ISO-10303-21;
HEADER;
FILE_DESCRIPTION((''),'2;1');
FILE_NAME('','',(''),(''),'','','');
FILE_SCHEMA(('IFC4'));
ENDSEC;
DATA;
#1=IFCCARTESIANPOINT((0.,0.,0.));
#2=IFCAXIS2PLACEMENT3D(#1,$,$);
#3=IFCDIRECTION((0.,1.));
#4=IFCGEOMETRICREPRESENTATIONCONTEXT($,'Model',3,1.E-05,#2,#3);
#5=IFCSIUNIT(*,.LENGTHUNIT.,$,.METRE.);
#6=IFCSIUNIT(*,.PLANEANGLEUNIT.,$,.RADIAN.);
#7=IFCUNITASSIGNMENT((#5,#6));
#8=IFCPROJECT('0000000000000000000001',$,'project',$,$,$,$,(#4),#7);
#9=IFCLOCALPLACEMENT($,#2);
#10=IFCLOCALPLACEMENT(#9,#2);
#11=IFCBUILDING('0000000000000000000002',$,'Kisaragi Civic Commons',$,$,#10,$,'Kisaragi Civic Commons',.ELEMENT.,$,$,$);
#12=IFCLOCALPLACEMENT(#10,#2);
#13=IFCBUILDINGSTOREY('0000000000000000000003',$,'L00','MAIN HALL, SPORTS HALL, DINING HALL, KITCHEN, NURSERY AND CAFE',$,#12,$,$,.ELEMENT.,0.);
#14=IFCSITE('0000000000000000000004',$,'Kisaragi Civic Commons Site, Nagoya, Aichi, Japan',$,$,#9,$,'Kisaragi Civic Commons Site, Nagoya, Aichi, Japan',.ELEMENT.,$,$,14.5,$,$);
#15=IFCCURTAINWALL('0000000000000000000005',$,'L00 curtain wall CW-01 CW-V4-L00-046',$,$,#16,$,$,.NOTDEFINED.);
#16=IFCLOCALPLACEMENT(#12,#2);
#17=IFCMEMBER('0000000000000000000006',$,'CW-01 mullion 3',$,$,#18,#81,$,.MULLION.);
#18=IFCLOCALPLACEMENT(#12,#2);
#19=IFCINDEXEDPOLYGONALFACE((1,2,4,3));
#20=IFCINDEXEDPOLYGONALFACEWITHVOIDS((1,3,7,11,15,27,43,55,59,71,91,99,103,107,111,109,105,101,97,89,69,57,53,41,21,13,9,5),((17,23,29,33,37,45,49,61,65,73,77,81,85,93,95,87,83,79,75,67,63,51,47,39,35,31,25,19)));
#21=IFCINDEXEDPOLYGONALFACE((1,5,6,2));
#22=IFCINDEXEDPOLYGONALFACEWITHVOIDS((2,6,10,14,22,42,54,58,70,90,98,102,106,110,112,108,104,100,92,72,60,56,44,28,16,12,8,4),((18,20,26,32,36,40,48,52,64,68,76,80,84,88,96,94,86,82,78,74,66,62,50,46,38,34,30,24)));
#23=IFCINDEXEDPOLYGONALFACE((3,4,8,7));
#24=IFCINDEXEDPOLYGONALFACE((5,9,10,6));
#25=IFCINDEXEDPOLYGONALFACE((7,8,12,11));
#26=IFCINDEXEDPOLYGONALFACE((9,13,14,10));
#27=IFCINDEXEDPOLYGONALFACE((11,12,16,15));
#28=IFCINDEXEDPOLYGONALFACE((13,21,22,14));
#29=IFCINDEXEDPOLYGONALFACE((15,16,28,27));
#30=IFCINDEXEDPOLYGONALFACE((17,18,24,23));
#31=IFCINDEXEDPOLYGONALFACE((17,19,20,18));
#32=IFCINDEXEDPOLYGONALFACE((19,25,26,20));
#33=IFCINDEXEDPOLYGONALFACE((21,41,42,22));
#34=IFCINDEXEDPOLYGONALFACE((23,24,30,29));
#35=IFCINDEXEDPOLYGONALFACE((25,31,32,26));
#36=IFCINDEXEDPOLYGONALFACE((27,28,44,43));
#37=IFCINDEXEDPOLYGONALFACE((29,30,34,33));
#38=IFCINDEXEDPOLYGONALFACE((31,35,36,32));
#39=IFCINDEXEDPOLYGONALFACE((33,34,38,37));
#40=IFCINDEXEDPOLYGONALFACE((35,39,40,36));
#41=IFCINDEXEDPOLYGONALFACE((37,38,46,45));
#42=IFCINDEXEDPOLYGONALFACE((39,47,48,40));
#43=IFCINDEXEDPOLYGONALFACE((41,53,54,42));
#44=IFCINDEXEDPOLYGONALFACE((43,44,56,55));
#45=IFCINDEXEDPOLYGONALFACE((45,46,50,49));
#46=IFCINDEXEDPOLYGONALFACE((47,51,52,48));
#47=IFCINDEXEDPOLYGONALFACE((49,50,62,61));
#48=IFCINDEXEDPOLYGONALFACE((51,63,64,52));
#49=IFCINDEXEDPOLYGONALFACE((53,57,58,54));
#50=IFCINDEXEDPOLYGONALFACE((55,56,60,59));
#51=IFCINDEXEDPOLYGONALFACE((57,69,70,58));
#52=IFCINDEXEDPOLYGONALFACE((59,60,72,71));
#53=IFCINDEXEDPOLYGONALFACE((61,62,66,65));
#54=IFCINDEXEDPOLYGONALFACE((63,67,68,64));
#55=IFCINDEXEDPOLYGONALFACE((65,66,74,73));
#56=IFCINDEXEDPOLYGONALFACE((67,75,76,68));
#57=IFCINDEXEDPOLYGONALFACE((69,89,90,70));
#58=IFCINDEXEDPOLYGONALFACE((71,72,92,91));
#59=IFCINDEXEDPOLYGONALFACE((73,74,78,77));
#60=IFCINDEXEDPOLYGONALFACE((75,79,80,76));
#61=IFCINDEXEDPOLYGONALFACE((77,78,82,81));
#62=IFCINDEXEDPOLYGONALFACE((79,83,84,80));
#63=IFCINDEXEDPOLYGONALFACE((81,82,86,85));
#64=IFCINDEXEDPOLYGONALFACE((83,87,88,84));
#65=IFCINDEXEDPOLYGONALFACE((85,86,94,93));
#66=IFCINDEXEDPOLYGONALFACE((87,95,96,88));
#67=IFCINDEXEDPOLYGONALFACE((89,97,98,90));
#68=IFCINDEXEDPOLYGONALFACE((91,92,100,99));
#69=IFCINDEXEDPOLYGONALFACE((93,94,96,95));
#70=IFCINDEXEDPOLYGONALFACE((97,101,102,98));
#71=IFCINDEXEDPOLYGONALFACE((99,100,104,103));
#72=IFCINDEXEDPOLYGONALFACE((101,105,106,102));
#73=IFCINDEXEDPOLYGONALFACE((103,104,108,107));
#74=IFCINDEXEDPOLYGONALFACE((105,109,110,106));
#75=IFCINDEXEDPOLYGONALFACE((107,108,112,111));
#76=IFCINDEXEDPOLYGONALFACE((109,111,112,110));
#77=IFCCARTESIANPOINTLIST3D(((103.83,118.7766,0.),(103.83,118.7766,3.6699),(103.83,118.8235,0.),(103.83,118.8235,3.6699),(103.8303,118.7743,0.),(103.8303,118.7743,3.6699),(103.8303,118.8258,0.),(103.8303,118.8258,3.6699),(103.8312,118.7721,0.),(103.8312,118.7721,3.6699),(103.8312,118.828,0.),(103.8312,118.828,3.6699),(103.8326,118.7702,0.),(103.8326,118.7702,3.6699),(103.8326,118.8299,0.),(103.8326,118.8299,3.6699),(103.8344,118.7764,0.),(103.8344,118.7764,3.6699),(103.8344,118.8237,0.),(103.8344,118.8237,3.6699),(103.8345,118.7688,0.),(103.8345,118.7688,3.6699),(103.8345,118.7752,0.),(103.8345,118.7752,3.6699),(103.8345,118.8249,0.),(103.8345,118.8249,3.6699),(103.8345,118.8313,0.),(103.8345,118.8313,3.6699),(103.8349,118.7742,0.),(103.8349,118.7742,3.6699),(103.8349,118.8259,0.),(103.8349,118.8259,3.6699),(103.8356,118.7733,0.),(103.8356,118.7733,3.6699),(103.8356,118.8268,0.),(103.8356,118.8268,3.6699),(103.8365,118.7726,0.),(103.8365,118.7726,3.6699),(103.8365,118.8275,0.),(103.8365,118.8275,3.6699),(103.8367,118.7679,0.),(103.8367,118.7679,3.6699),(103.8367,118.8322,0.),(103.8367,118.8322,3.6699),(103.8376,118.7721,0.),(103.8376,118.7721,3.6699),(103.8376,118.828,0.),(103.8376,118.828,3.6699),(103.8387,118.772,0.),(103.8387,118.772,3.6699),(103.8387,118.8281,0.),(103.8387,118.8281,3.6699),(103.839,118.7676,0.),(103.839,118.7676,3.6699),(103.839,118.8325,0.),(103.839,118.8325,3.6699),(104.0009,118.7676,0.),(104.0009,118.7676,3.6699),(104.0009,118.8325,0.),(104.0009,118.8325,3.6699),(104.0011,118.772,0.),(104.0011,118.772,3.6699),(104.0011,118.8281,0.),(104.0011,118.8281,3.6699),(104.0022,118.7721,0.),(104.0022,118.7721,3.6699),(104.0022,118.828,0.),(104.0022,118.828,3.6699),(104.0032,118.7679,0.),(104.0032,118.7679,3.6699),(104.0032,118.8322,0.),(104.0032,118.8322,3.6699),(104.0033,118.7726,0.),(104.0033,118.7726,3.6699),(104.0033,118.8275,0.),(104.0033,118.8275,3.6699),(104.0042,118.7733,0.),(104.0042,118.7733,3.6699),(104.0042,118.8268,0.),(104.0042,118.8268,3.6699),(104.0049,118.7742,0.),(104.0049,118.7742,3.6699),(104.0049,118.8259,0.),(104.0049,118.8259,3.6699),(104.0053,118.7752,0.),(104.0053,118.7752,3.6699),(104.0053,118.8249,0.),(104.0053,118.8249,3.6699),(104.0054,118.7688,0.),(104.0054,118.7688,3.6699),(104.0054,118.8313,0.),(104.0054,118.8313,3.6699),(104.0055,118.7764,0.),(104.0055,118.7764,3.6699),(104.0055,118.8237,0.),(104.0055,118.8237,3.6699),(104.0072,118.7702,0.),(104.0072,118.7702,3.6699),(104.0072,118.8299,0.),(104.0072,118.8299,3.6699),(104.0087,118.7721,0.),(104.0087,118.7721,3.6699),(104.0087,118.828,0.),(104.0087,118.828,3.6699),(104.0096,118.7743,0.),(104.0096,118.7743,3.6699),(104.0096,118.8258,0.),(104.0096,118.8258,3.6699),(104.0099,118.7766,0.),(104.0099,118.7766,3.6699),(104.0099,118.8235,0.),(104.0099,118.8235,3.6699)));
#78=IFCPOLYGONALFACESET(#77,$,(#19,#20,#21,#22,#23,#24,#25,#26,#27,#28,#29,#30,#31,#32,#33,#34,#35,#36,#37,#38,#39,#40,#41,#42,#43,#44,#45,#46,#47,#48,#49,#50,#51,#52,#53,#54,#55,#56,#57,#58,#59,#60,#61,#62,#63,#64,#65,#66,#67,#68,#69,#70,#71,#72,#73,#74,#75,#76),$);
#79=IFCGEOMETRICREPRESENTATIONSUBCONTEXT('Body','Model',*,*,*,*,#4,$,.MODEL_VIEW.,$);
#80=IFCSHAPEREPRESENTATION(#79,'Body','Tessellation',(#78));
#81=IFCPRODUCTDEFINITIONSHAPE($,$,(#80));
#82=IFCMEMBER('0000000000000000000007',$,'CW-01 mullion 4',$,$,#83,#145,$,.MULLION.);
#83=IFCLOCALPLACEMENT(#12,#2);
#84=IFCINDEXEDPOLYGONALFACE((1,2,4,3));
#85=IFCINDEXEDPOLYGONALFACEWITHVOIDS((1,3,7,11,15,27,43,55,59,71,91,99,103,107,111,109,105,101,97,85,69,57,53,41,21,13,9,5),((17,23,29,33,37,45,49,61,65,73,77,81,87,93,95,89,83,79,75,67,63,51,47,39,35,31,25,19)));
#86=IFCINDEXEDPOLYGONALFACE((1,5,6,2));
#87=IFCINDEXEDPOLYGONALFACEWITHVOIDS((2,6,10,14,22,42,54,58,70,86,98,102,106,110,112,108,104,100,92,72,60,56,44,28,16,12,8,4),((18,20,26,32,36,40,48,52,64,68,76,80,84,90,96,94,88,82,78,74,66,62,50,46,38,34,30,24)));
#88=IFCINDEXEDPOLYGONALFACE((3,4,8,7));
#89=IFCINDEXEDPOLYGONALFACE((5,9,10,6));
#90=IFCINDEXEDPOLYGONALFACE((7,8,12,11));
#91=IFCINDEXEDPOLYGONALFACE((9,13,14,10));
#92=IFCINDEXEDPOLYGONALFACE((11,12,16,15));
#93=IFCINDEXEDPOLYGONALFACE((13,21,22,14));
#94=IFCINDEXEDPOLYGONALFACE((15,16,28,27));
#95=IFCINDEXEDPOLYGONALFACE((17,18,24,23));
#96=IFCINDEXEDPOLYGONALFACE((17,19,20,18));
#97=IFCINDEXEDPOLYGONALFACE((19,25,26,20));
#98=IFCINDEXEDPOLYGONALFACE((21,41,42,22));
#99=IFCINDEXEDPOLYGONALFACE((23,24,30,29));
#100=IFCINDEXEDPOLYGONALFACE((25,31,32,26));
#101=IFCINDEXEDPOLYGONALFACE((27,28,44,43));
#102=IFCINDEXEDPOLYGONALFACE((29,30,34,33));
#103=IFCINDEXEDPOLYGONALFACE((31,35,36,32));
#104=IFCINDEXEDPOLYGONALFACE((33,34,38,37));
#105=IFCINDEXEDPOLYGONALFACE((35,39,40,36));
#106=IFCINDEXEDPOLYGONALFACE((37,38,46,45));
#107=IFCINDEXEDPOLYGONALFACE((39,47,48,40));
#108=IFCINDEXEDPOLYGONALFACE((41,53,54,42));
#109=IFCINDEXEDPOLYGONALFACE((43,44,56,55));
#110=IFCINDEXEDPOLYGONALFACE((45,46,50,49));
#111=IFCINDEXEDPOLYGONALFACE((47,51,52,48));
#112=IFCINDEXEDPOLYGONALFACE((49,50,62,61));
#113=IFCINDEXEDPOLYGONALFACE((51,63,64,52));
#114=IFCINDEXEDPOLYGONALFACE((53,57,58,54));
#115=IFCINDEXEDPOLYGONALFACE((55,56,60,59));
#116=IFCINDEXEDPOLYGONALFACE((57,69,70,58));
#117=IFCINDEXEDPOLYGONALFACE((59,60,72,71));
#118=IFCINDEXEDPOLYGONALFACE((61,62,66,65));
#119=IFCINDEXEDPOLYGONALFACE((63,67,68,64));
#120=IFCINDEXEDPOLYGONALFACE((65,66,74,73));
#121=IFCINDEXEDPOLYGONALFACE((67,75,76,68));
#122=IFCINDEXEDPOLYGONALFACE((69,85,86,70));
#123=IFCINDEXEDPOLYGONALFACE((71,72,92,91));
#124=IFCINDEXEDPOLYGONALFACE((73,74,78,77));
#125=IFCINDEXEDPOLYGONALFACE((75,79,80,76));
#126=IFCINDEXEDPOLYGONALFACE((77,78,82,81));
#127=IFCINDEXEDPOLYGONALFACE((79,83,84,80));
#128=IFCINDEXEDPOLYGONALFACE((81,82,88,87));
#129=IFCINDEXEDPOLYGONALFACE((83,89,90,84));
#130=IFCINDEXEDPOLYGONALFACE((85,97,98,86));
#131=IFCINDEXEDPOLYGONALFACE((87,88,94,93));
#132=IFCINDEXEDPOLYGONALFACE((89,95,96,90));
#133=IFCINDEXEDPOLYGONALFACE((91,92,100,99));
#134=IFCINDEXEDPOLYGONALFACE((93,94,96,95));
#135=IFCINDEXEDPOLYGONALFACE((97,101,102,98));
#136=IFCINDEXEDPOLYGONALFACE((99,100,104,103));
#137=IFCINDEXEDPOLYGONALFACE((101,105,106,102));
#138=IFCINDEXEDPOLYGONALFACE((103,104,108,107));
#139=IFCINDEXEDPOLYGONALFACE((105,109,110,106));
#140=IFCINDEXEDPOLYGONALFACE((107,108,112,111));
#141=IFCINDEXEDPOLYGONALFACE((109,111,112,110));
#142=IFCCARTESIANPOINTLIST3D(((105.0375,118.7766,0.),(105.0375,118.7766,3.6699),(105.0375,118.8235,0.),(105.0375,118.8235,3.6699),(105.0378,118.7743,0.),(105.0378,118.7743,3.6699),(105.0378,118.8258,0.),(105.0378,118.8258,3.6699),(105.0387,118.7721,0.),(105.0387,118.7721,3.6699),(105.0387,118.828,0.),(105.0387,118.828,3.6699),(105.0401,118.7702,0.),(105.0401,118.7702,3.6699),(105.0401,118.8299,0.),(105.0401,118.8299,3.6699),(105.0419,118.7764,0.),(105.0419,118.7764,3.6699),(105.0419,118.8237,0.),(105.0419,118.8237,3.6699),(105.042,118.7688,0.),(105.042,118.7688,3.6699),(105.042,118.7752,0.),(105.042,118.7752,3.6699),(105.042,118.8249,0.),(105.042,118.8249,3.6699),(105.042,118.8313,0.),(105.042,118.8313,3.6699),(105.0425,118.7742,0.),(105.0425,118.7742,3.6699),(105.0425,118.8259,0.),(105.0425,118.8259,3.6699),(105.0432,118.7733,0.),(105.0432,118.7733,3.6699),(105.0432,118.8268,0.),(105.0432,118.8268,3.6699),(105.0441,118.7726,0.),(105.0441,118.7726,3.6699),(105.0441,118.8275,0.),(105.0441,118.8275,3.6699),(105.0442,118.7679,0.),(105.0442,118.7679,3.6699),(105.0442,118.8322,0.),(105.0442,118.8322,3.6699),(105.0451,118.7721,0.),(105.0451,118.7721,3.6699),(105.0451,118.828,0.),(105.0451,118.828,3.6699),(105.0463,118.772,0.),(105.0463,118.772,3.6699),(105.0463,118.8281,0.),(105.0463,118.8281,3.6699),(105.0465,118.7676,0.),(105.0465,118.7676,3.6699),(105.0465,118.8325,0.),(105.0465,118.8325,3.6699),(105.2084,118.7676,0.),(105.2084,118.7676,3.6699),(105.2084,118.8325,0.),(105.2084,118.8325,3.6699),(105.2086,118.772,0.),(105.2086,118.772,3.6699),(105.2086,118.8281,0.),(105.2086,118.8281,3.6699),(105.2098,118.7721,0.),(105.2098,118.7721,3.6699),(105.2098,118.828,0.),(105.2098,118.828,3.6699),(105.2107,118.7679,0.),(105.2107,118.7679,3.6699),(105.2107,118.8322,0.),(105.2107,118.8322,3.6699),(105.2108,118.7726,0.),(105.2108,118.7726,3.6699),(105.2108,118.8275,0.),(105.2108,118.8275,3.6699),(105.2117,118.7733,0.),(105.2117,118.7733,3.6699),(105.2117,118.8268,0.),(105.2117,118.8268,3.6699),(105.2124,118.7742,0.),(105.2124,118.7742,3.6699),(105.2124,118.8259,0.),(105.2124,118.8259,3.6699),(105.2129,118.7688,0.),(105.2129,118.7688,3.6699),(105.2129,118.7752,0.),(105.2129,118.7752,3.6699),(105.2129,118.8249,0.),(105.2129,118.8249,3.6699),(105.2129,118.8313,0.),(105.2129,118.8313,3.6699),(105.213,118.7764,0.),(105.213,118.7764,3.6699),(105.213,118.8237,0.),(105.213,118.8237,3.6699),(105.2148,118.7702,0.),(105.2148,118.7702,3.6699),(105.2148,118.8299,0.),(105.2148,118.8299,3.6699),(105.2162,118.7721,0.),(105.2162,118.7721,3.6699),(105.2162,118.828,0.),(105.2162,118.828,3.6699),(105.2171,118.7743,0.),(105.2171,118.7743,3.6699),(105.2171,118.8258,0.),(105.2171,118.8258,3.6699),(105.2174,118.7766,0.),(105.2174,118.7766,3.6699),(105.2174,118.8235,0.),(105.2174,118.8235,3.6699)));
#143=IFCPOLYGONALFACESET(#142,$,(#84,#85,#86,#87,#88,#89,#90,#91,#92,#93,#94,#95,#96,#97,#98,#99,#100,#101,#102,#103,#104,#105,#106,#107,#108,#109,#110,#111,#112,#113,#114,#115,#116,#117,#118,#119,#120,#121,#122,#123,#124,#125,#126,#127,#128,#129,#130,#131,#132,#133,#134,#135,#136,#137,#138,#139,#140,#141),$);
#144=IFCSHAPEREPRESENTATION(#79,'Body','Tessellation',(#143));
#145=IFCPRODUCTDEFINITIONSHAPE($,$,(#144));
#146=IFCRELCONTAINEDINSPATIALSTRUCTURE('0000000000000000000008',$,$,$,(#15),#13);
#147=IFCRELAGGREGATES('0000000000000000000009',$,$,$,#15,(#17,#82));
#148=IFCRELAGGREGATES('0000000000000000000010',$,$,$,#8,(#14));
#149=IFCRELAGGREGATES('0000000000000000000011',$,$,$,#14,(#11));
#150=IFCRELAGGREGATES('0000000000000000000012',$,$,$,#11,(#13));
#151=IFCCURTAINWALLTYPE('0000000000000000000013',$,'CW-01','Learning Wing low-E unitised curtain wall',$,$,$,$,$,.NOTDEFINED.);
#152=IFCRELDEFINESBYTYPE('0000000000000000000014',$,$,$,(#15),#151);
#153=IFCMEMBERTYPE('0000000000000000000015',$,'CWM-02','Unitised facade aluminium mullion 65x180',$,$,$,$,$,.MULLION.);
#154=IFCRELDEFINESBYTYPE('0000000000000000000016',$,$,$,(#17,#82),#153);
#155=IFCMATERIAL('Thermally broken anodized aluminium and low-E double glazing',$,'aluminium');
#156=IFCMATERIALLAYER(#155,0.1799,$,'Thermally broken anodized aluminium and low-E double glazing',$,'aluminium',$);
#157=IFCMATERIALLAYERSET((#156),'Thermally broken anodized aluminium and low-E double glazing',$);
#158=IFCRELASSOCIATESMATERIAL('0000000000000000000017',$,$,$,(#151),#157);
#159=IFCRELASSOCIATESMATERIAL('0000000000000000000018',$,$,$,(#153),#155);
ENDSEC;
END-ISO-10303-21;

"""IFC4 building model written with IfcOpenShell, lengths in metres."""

from ifc_helpers import new_model, si_unit, direction, frame, origin, origin_2d, place, context, subcontext, project, spatial, hollow_rectangle, extrude, material, layer, layer_set, material_profile, profile_set, type_object, element, aggregate, save


model = new_model("IFC4")

# Units and contexts
model_context = context("Model", 3, precision=1e-05, world=origin(), true_north=direction((0.0, 1.0)))
body_context = subcontext(model_context, "Body", "Model", "MODEL_VIEW")
ifc_project = project(units=[si_unit("LENGTHUNIT", "METRE"), si_unit("PLANEANGLEUNIT", "RADIAN")], contexts=[model_context])

# Site, building, storey
site_placement = place(None, origin())
site = spatial("IfcSite", under=ifc_project, at=site_placement, Name="Kisaragi Civic Commons Site, Nagoya, Aichi, Japan", LongName="Kisaragi Civic Commons Site, Nagoya, Aichi, Japan", CompositionType="ELEMENT", RefElevation=14.5)
building_placement = place(site_placement, origin())
building = spatial("IfcBuilding", under=site, at=building_placement, Name="Kisaragi Civic Commons", LongName="Kisaragi Civic Commons", CompositionType="ELEMENT")
storey_placement = place(building_placement, origin())
storey = spatial("IfcBuildingStorey", under=building, at=storey_placement, Name="L00", Description="MAIN HALL, SPORTS HALL, DINING HALL, KITCHEN, NURSERY AND CAFE", CompositionType="ELEMENT", Elevation=0.0)

# Curtain wall, members
ifc_material_1 = material(Name="Thermally broken anodized aluminium and low-E double glazing", Category="aluminium")
ifc_layer_1 = layer(ifc_material_1, 0.1799, Name="Thermally broken anodized aluminium and low-E double glazing", Category="aluminium")
ifc_layer_set_1 = layer_set([ifc_layer_1], Name="Thermally broken anodized aluminium and low-E double glazing")
curtain_wall_type = type_object("IfcCurtainWallType", Name="CW-01", Description="Learning Wing low-E unitised curtain wall", PredefinedType="NOTDEFINED", material=ifc_layer_set_1)
curtain_wall_placement = place(storey_placement, origin())
curtain_wall = element("IfcCurtainWall", 1, at=curtain_wall_placement, inside=storey, type_object=curtain_wall_type, Name="L00 curtain wall CW-01 CW-V4-L00-046", PredefinedType="NOTDEFINED")
ifc_material_profile_1 = material_profile(ifc_material_1, hollow_rectangle(XDim=0.0649, YDim=0.1799, WallThickness=0.0044, InnerFilletRadius=0.0044, OuterFilletRadius=0.009, at=origin_2d()), Name="CWM-65x180x4.5", Category="aluminium")
ifc_profile_set_1 = profile_set([ifc_material_profile_1], Name="Thermally broken anodized aluminium and low-E double glazing")
member_type_1 = type_object("IfcMemberType", Name="CWM-02", Description="Unitised facade aluminium mullion 65x180", PredefinedType="MULLION", material=ifc_profile_set_1)
member_1_placement = place(storey_placement, frame((103.9199, 118.8, 0.0), z_axis=(0.0, 0.0, 1.0), x_axis=(0.0, 1.0, 0.0)))
member_1 = element("IfcMember", 2, at=member_1_placement, type_object=member_type_1, Name="CW-01 mullion 3", PredefinedType="MULLION", context=body_context, shape_type="SweptSolid", body=[
    extrude(hollow_rectangle(XDim=0.0649, YDim=0.1799, WallThickness=0.0044, InnerFilletRadius=0.0044, OuterFilletRadius=0.009, at=origin_2d()), origin(), (0.0, 0.0, 1.0), 3.6699),
])
member_2_placement = place(storey_placement, frame((105.1274, 118.8, 0.0), z_axis=(0.0, 0.0, 1.0), x_axis=(0.0, 1.0, 0.0)))
member_2 = element("IfcMember", 3, at=member_2_placement, type_object=member_type_1, Name="CW-01 mullion 4", PredefinedType="MULLION", context=body_context, shape_type="SweptSolid", body=[
    extrude(hollow_rectangle(XDim=0.0649, YDim=0.1799, WallThickness=0.0044, InnerFilletRadius=0.0044, OuterFilletRadius=0.009, at=origin_2d()), origin(), (0.0, 0.0, 1.0), 3.6699),
])
aggregate(curtain_wall, [member_1, member_2])

save(model, "model.ifc")
